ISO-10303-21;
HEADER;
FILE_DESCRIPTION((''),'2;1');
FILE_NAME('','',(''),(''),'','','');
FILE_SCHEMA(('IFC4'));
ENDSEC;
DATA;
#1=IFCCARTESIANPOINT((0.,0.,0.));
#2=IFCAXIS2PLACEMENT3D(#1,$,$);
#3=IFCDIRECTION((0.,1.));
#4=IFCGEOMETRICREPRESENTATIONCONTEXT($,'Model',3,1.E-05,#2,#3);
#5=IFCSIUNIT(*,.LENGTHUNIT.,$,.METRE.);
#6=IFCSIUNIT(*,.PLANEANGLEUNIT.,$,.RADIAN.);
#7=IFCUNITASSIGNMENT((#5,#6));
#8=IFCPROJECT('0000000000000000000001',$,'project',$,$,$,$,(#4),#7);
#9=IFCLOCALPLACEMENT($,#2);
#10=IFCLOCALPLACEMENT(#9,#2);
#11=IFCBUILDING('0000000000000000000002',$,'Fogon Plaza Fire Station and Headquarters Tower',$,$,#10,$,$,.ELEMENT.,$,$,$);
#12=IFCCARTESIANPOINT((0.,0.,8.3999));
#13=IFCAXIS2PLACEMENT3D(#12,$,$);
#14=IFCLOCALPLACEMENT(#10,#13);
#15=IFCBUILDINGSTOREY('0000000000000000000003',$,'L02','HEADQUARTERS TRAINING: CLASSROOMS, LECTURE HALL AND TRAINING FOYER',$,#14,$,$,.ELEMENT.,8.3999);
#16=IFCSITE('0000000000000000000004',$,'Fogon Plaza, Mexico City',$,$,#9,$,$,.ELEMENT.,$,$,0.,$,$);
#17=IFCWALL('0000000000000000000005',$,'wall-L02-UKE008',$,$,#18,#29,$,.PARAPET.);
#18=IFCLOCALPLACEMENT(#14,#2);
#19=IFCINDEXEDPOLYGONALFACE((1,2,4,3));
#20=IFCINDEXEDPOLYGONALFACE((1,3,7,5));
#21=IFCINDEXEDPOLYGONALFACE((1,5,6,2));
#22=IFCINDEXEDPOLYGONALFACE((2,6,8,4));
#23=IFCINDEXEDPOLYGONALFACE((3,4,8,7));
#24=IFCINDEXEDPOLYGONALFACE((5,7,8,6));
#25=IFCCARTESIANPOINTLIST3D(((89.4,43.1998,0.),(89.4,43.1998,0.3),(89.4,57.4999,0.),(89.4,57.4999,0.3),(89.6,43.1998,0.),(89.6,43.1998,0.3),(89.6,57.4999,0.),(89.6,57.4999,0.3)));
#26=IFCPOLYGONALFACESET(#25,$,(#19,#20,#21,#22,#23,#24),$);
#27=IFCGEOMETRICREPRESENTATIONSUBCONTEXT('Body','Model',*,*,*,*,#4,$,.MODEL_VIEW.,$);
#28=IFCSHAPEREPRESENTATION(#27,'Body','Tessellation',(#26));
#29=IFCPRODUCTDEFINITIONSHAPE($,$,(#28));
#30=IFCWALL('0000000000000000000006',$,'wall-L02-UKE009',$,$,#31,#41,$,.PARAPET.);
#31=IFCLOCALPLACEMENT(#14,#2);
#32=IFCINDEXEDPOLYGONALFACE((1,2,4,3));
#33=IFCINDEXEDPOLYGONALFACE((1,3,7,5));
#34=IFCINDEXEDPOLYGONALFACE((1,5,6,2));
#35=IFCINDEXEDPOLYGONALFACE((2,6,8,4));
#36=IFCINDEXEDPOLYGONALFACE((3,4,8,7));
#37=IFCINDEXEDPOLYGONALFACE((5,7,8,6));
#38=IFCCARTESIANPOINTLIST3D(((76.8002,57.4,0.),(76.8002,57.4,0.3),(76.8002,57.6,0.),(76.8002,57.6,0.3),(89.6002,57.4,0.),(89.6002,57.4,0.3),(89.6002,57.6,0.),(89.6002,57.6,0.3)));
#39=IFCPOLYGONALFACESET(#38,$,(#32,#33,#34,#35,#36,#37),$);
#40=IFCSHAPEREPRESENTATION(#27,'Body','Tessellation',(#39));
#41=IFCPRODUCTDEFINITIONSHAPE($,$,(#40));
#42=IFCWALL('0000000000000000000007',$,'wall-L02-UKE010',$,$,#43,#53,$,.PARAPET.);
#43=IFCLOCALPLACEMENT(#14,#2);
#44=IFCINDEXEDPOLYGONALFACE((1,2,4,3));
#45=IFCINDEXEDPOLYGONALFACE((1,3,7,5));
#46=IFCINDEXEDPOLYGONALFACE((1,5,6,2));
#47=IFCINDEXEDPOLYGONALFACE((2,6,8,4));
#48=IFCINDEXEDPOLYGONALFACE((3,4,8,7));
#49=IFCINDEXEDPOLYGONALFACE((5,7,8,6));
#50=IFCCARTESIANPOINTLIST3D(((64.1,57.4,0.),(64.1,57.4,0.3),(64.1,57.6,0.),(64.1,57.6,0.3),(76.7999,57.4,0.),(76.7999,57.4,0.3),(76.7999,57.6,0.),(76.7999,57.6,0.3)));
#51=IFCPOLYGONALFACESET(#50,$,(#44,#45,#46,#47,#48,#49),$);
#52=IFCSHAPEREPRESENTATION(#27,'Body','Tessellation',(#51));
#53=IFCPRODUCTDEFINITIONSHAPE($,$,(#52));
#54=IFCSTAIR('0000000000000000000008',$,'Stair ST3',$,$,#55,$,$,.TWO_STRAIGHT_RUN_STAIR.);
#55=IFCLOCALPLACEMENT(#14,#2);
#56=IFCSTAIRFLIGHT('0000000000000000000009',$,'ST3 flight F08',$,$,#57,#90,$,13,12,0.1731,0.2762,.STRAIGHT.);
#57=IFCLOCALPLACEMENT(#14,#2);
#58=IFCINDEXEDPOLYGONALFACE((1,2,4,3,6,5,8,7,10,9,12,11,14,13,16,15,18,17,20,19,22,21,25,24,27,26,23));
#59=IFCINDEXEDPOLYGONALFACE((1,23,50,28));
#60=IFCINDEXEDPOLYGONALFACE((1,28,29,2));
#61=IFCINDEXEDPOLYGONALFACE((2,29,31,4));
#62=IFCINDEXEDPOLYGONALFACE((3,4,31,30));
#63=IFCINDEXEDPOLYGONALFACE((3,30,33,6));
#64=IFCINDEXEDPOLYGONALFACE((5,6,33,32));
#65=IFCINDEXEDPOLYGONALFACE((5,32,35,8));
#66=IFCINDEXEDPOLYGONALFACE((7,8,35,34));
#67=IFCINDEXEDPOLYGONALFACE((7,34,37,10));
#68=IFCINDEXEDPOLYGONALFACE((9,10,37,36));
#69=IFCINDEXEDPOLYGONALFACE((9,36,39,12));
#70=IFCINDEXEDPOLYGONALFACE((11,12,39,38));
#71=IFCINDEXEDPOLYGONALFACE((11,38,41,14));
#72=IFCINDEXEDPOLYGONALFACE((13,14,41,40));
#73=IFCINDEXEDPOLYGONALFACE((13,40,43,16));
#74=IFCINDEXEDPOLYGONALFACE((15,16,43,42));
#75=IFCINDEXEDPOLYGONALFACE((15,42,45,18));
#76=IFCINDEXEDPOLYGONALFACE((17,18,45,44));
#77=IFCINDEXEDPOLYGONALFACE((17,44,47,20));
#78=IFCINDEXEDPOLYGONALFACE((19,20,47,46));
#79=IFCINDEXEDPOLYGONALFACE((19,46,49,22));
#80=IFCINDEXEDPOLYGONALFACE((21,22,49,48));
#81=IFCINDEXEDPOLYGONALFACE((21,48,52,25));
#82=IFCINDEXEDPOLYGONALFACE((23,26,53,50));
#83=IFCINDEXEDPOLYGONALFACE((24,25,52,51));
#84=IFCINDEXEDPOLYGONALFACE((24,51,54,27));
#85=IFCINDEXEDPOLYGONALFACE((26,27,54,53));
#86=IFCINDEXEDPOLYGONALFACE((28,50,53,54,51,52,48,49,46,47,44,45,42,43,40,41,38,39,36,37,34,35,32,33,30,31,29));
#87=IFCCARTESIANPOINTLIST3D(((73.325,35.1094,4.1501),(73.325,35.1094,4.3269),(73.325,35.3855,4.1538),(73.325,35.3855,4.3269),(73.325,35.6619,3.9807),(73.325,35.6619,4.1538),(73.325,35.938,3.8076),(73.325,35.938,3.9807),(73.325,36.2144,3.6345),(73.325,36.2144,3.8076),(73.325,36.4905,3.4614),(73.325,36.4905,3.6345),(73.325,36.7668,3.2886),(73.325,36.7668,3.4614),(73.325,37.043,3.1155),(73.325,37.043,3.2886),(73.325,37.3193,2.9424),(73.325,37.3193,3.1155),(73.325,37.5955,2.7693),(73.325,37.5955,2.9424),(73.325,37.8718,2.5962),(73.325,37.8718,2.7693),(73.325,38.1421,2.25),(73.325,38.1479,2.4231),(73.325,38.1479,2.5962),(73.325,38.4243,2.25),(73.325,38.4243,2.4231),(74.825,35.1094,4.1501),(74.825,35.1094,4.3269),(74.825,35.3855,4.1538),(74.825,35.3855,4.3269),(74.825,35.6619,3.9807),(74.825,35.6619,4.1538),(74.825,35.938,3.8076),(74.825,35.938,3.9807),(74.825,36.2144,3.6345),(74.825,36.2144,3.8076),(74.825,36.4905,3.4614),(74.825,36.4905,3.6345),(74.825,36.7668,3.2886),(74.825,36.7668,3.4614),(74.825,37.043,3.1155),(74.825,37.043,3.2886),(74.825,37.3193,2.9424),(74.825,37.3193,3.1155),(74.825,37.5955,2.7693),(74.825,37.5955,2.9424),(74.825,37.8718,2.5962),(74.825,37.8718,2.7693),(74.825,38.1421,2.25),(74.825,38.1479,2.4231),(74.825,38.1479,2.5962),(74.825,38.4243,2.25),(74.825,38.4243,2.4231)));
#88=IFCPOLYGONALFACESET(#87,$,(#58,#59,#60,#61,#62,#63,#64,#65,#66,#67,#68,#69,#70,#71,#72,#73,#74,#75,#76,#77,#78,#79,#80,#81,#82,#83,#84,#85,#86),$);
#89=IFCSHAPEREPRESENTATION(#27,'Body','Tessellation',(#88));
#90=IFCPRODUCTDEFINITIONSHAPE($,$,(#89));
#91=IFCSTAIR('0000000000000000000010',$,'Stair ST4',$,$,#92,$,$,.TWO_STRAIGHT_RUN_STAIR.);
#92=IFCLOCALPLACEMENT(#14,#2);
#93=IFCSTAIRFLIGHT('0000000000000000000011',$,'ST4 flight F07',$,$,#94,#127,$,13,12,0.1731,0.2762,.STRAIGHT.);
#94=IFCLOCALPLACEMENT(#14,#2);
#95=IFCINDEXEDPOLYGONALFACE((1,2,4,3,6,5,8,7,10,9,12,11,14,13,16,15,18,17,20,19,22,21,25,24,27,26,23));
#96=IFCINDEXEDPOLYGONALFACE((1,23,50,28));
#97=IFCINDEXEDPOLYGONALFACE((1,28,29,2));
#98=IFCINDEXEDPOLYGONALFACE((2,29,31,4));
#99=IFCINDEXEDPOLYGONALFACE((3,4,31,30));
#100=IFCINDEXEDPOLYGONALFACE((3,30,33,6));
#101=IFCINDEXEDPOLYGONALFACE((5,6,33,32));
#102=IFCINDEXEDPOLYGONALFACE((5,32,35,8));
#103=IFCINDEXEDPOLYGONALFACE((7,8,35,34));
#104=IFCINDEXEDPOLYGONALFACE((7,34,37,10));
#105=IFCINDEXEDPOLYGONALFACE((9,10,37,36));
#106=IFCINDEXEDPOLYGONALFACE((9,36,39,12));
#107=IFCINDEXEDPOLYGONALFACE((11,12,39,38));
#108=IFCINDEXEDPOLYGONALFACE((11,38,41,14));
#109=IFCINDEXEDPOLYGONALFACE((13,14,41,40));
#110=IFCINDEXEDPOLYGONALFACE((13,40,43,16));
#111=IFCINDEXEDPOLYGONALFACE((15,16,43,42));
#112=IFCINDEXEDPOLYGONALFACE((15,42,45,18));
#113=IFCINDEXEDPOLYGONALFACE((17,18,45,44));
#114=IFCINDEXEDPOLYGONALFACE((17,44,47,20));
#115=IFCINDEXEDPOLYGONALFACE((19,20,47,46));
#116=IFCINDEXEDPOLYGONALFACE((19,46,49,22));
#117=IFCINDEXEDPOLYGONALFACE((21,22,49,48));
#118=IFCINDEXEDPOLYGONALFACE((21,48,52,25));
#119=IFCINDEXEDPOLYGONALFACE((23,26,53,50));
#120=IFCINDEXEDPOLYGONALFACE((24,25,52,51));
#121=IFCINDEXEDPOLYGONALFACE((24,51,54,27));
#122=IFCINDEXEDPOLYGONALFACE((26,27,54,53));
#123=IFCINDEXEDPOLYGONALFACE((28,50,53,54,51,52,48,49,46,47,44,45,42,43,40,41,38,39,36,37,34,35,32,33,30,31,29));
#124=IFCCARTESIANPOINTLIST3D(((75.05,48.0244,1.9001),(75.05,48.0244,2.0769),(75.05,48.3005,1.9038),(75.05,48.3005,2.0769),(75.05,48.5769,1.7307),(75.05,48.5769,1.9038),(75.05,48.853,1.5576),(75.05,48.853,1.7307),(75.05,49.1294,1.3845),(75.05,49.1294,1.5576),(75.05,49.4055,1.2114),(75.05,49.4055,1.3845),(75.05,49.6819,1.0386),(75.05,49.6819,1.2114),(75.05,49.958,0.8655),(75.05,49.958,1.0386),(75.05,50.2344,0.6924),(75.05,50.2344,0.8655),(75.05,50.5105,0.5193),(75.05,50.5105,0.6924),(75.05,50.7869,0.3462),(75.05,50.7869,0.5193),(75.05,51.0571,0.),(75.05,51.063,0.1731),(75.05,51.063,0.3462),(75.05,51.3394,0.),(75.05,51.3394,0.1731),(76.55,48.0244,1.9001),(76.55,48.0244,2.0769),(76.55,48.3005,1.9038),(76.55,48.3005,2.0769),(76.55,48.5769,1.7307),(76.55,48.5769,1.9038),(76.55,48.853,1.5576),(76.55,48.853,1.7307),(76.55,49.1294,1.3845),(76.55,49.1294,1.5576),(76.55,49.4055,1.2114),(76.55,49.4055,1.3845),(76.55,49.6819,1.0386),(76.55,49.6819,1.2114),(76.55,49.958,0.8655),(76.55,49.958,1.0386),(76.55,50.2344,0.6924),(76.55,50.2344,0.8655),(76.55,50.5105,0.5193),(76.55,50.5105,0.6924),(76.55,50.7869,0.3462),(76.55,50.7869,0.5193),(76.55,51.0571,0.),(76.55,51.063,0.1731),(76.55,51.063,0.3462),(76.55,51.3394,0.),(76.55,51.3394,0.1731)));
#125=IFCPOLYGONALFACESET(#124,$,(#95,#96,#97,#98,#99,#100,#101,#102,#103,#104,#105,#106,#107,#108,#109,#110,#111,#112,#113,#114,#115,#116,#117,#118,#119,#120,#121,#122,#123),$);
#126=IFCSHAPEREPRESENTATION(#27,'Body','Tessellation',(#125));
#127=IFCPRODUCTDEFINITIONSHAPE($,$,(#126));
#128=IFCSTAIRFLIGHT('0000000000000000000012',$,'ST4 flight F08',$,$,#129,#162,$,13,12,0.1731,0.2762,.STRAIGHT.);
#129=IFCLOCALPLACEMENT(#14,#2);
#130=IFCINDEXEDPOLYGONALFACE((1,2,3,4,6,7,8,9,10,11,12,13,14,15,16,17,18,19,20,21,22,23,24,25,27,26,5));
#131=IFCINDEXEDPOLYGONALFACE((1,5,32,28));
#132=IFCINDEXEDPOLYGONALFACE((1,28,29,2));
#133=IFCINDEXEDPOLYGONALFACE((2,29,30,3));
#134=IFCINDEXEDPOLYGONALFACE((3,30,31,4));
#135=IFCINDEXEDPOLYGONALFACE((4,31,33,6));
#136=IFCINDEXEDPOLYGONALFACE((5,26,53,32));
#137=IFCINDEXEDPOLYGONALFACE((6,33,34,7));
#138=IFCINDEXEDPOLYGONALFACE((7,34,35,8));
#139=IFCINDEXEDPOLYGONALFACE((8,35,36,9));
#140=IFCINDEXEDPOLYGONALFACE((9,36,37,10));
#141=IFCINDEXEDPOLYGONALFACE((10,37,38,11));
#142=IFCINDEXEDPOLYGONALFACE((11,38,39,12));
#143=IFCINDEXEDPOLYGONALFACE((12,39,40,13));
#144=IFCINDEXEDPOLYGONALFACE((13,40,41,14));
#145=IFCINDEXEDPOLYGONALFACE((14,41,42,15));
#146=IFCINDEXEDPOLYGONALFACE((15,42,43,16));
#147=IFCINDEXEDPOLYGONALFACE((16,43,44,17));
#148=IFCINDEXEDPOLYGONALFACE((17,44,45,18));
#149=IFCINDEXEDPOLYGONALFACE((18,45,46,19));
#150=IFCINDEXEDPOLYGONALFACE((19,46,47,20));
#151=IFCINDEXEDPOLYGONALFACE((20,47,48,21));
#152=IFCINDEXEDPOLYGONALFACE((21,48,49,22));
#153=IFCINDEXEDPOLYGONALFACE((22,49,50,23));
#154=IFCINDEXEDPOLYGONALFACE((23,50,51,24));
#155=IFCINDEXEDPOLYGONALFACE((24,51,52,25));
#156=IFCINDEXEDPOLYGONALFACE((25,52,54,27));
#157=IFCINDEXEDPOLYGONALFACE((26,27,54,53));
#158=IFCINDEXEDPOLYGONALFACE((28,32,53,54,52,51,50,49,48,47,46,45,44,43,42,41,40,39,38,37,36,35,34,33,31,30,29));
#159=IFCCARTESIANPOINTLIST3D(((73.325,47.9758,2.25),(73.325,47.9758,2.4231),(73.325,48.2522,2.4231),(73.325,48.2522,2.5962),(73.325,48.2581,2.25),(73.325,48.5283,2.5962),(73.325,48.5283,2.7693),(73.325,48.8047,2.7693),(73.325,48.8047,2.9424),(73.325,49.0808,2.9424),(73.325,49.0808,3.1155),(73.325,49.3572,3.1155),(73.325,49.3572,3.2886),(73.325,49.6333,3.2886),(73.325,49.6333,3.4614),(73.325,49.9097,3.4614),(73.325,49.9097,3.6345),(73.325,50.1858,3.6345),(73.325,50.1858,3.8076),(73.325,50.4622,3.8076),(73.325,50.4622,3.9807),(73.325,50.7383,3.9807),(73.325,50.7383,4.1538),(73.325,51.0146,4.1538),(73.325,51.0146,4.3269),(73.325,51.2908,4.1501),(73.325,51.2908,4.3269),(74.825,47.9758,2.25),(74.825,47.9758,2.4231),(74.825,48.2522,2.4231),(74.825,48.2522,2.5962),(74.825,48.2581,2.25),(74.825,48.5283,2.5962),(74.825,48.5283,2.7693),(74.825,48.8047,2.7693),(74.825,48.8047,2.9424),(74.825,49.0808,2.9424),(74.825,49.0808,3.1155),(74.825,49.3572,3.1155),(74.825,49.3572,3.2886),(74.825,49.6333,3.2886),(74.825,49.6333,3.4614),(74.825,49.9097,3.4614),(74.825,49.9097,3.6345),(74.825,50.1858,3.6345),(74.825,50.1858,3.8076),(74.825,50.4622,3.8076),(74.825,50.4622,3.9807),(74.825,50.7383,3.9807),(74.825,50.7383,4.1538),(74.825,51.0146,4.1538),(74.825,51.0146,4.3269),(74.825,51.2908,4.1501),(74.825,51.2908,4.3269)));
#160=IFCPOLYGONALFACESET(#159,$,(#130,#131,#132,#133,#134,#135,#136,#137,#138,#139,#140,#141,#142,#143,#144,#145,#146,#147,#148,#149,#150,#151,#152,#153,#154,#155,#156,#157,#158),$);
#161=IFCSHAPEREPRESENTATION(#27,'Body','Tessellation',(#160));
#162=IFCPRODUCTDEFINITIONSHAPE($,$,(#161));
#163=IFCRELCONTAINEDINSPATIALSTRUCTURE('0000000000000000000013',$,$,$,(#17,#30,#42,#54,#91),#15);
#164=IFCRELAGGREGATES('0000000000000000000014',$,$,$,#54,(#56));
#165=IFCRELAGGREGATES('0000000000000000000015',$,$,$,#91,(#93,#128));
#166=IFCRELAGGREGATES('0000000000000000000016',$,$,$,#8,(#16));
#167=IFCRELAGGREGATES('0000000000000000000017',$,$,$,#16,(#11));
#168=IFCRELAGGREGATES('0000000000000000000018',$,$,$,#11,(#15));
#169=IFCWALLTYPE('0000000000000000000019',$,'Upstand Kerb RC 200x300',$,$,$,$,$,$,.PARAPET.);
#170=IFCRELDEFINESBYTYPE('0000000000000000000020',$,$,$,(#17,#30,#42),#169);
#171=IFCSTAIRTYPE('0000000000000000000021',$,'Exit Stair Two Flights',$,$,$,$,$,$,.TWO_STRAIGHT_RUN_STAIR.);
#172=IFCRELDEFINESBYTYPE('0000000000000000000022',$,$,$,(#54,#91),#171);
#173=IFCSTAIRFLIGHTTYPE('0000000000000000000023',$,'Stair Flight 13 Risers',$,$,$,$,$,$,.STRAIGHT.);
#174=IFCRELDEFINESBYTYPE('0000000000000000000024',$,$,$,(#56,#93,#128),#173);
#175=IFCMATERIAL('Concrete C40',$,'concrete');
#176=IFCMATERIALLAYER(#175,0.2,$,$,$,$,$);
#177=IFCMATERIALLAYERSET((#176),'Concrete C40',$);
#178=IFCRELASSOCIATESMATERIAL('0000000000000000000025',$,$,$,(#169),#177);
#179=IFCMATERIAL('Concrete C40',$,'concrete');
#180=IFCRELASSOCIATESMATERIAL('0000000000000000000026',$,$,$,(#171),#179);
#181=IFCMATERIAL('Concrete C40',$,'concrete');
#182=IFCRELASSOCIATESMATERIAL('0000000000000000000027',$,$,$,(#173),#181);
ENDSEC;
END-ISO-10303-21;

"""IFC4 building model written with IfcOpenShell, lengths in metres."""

from ifc_helpers import new_model, si_unit, direction, frame, frame_2d, origin, place, context, subcontext, project, spatial, polyline, rectangle, outline, extrude, material, layer, layer_set, type_object, element, aggregate, save


model = new_model("IFC4")

# Units and contexts
model_context = context("Model", 3, precision=1e-05, world=origin(), true_north=direction((0.0, 1.0)))
body_context = subcontext(model_context, "Body", "Model", "MODEL_VIEW")
ifc_project = project(units=[si_unit("LENGTHUNIT", "METRE"), si_unit("PLANEANGLEUNIT", "RADIAN")], contexts=[model_context])

# Site, building, storey
site_placement = place(None, origin())
site = spatial("IfcSite", under=ifc_project, at=site_placement, Name="Fogon Plaza, Mexico City", CompositionType="ELEMENT", RefElevation=0.0)
building_placement = place(site_placement, origin())
building = spatial("IfcBuilding", under=site, at=building_placement, Name="Fogon Plaza Fire Station and Headquarters Tower", CompositionType="ELEMENT")
storey_placement = place(building_placement, frame((0.0, 0.0, 8.3999)))
storey = spatial("IfcBuildingStorey", under=building, at=storey_placement, Name="L02", Description="HEADQUARTERS TRAINING: CLASSROOMS, LECTURE HALL AND TRAINING FOYER", CompositionType="ELEMENT", Elevation=8.3999)

# Walls
ifc_material_1 = material(Name="Concrete C40", Category="concrete")
ifc_layer_1 = layer(ifc_material_1, 0.2)
ifc_layer_set_1 = layer_set([ifc_layer_1], Name="Concrete C40")
wall_type_1 = type_object("IfcWallType", Name="Upstand Kerb RC 200x300", PredefinedType="PARAPET", material=ifc_layer_set_1)
wall_1_placement = place(storey_placement, frame((89.5, 43.2, 0.0), z_axis=(0.0, 0.0, 1.0), x_axis=(0.0, 1.0, 0.0)))
element("IfcWall", 1, at=wall_1_placement, inside=storey, type_object=wall_type_1, Name="wall-L02-UKE008", PredefinedType="PARAPET", context=body_context, shape_type="SweptSolid", body=[
    extrude(rectangle(XDim=14.3, YDim=0.2, at=frame_2d((7.1499, 0.0))), origin(), (0.0, 0.0, 1.0), 0.3),
])
wall_2_placement = place(storey_placement, frame((89.6001, 57.5, 0.0), z_axis=(0.0, 0.0, 1.0), x_axis=(-1.0, 0.0, 0.0)))
element("IfcWall", 2, at=wall_2_placement, inside=storey, type_object=wall_type_1, Name="wall-L02-UKE009", PredefinedType="PARAPET", context=body_context, shape_type="SweptSolid", body=[
    extrude(rectangle(XDim=12.8, YDim=0.2, at=frame_2d((6.3999, 0.0))), origin(), (0.0, 0.0, 1.0), 0.3),
])
wall_3_placement = place(storey_placement, frame((76.8, 57.5, 0.0), z_axis=(0.0, 0.0, 1.0), x_axis=(-1.0, 0.0, 0.0)))
element("IfcWall", 3, at=wall_3_placement, inside=storey, type_object=wall_type_1, Name="wall-L02-UKE010", PredefinedType="PARAPET", context=body_context, shape_type="SweptSolid", body=[
    extrude(rectangle(XDim=12.7, YDim=0.2, at=frame_2d((6.3501, 0.0))), origin(), (0.0, 0.0, 1.0), 0.3),
])

# Stair, stair flight
ifc_material_2 = material(Name="Concrete C40", Category="concrete")
stair_type = type_object("IfcStairType", Name="Exit Stair Two Flights", PredefinedType="TWO_STRAIGHT_RUN_STAIR", material=ifc_material_2)
stair_1_placement = place(storey_placement, origin())
stair_1 = element("IfcStair", 4, at=stair_1_placement, inside=storey, type_object=stair_type, Name="Stair ST3", PredefinedType="TWO_STRAIGHT_RUN_STAIR")
ifc_material_3 = material(Name="Concrete C40", Category="concrete")
stair_flight_type = type_object("IfcStairFlightType", Name="Stair Flight 13 Risers", PredefinedType="STRAIGHT", material=ifc_material_3)
stair_flight_1_placement = place(storey_placement, frame((74.075, 38.4243, 2.25), z_axis=(0.0, 0.0, 1.0), x_axis=(0.0, -1.0, 0.0)))
stair_flight_1 = element("IfcStairFlight", 5, at=stair_flight_1_placement, type_object=stair_flight_type, Name="ST3 flight F08", NumberOfRisers=13, NumberOfTreads=12, PredefinedType="STRAIGHT", RiserHeight=0.1731, TreadLength=0.2762, context=body_context, shape_type="SweptSolid", body=[
    extrude(outline(polyline([(0.0, 0.0), (0.0, 0.1731), (0.2764, 0.1731), (0.2764, 0.3462), (0.5525, 0.3462), (0.5525, 0.5193), (0.8289, 0.5193), (0.8289, 0.6924), (1.105, 0.6924), (1.105, 0.8655), (1.3813, 0.8655), (1.3813, 1.0386), (1.6575, 1.0386), (1.6575, 1.2114), (1.9338, 1.2114), (1.9338, 1.3845), (2.21, 1.3845), (2.21, 1.5576), (2.4863, 1.5576), (2.4863, 1.7307), (2.7625, 1.7307), (2.7625, 1.9038), (3.0388, 1.9038), (3.0388, 2.0769), (3.3149, 2.0769), (3.3149, 2.25), (3.3149, 1.9001), (0.2822, 0.0), (0.0, 0.0)])), frame((0.0, 0.75, 0.0), z_axis=(0.0, -1.0, 0.0), x_axis=(1.0, 0.0, 0.0)), (0.0, 0.0, 1.0), 1.5),
])
aggregate(stair_1, [stair_flight_1])

# Stair, stair flights
stair_2_placement = place(storey_placement, origin())
stair_2 = element("IfcStair", 6, at=stair_2_placement, inside=storey, type_object=stair_type, Name="Stair ST4", PredefinedType="TWO_STRAIGHT_RUN_STAIR")
stair_flight_2_placement = place(storey_placement, frame((75.8, 51.3394, 0.0), z_axis=(0.0, 0.0, 1.0), x_axis=(0.0, -1.0, 0.0)))
stair_flight_2 = element("IfcStairFlight", 7, at=stair_flight_2_placement, type_object=stair_flight_type, Name="ST4 flight F07", NumberOfRisers=13, NumberOfTreads=12, PredefinedType="STRAIGHT", RiserHeight=0.1731, TreadLength=0.2762, context=body_context, shape_type="SweptSolid", body=[
    extrude(outline(polyline([(0.0, 0.0), (0.0, 0.1731), (0.2764, 0.1731), (0.2764, 0.3462), (0.5525, 0.3462), (0.5525, 0.5193), (0.8289, 0.5193), (0.8289, 0.6924), (1.105, 0.6924), (1.105, 0.8655), (1.3813, 0.8655), (1.3813, 1.0386), (1.6575, 1.0386), (1.6575, 1.2114), (1.9338, 1.2114), (1.9338, 1.3845), (2.21, 1.3845), (2.21, 1.5576), (2.4863, 1.5576), (2.4863, 1.7307), (2.7625, 1.7307), (2.7625, 1.9038), (3.0388, 1.9038), (3.0388, 2.0769), (3.3149, 2.0769), (3.3149, 2.25), (3.3149, 1.9001), (0.2822, 0.0), (0.0, 0.0)])), frame((0.0, 0.75, 0.0), z_axis=(0.0, -1.0, 0.0), x_axis=(1.0, 0.0, 0.0)), (0.0, 0.0, 1.0), 1.5),
])
stair_flight_3_placement = place(storey_placement, frame((74.075, 47.9758, 2.25), z_axis=(0.0, 0.0, 1.0), x_axis=(0.0, 1.0, 0.0)))
stair_flight_3 = element("IfcStairFlight", 8, at=stair_flight_3_placement, type_object=stair_flight_type, Name="ST4 flight F08", NumberOfRisers=13, NumberOfTreads=12, PredefinedType="STRAIGHT", RiserHeight=0.1731, TreadLength=0.2762, context=body_context, shape_type="SweptSolid", body=[
    extrude(outline(polyline([(0.0, 0.0), (0.0, 0.1731), (0.2764, 0.1731), (0.2764, 0.3462), (0.5525, 0.3462), (0.5525, 0.5193), (0.8289, 0.5193), (0.8289, 0.6924), (1.105, 0.6924), (1.105, 0.8655), (1.3813, 0.8655), (1.3813, 1.0386), (1.6575, 1.0386), (1.6575, 1.2114), (1.9338, 1.2114), (1.9338, 1.3845), (2.21, 1.3845), (2.21, 1.5576), (2.4863, 1.5576), (2.4863, 1.7307), (2.7625, 1.7307), (2.7625, 1.9038), (3.0388, 1.9038), (3.0388, 2.0769), (3.3149, 2.0769), (3.3149, 2.25), (3.3149, 1.9001), (0.2822, 0.0), (0.0, 0.0)])), frame((0.0, 0.75, 0.0), z_axis=(0.0, -1.0, 0.0), x_axis=(1.0, 0.0, 0.0)), (0.0, 0.0, 1.0), 1.5),
])
aggregate(stair_2, [stair_flight_2, stair_flight_3])

save(model, "model.ifc")
